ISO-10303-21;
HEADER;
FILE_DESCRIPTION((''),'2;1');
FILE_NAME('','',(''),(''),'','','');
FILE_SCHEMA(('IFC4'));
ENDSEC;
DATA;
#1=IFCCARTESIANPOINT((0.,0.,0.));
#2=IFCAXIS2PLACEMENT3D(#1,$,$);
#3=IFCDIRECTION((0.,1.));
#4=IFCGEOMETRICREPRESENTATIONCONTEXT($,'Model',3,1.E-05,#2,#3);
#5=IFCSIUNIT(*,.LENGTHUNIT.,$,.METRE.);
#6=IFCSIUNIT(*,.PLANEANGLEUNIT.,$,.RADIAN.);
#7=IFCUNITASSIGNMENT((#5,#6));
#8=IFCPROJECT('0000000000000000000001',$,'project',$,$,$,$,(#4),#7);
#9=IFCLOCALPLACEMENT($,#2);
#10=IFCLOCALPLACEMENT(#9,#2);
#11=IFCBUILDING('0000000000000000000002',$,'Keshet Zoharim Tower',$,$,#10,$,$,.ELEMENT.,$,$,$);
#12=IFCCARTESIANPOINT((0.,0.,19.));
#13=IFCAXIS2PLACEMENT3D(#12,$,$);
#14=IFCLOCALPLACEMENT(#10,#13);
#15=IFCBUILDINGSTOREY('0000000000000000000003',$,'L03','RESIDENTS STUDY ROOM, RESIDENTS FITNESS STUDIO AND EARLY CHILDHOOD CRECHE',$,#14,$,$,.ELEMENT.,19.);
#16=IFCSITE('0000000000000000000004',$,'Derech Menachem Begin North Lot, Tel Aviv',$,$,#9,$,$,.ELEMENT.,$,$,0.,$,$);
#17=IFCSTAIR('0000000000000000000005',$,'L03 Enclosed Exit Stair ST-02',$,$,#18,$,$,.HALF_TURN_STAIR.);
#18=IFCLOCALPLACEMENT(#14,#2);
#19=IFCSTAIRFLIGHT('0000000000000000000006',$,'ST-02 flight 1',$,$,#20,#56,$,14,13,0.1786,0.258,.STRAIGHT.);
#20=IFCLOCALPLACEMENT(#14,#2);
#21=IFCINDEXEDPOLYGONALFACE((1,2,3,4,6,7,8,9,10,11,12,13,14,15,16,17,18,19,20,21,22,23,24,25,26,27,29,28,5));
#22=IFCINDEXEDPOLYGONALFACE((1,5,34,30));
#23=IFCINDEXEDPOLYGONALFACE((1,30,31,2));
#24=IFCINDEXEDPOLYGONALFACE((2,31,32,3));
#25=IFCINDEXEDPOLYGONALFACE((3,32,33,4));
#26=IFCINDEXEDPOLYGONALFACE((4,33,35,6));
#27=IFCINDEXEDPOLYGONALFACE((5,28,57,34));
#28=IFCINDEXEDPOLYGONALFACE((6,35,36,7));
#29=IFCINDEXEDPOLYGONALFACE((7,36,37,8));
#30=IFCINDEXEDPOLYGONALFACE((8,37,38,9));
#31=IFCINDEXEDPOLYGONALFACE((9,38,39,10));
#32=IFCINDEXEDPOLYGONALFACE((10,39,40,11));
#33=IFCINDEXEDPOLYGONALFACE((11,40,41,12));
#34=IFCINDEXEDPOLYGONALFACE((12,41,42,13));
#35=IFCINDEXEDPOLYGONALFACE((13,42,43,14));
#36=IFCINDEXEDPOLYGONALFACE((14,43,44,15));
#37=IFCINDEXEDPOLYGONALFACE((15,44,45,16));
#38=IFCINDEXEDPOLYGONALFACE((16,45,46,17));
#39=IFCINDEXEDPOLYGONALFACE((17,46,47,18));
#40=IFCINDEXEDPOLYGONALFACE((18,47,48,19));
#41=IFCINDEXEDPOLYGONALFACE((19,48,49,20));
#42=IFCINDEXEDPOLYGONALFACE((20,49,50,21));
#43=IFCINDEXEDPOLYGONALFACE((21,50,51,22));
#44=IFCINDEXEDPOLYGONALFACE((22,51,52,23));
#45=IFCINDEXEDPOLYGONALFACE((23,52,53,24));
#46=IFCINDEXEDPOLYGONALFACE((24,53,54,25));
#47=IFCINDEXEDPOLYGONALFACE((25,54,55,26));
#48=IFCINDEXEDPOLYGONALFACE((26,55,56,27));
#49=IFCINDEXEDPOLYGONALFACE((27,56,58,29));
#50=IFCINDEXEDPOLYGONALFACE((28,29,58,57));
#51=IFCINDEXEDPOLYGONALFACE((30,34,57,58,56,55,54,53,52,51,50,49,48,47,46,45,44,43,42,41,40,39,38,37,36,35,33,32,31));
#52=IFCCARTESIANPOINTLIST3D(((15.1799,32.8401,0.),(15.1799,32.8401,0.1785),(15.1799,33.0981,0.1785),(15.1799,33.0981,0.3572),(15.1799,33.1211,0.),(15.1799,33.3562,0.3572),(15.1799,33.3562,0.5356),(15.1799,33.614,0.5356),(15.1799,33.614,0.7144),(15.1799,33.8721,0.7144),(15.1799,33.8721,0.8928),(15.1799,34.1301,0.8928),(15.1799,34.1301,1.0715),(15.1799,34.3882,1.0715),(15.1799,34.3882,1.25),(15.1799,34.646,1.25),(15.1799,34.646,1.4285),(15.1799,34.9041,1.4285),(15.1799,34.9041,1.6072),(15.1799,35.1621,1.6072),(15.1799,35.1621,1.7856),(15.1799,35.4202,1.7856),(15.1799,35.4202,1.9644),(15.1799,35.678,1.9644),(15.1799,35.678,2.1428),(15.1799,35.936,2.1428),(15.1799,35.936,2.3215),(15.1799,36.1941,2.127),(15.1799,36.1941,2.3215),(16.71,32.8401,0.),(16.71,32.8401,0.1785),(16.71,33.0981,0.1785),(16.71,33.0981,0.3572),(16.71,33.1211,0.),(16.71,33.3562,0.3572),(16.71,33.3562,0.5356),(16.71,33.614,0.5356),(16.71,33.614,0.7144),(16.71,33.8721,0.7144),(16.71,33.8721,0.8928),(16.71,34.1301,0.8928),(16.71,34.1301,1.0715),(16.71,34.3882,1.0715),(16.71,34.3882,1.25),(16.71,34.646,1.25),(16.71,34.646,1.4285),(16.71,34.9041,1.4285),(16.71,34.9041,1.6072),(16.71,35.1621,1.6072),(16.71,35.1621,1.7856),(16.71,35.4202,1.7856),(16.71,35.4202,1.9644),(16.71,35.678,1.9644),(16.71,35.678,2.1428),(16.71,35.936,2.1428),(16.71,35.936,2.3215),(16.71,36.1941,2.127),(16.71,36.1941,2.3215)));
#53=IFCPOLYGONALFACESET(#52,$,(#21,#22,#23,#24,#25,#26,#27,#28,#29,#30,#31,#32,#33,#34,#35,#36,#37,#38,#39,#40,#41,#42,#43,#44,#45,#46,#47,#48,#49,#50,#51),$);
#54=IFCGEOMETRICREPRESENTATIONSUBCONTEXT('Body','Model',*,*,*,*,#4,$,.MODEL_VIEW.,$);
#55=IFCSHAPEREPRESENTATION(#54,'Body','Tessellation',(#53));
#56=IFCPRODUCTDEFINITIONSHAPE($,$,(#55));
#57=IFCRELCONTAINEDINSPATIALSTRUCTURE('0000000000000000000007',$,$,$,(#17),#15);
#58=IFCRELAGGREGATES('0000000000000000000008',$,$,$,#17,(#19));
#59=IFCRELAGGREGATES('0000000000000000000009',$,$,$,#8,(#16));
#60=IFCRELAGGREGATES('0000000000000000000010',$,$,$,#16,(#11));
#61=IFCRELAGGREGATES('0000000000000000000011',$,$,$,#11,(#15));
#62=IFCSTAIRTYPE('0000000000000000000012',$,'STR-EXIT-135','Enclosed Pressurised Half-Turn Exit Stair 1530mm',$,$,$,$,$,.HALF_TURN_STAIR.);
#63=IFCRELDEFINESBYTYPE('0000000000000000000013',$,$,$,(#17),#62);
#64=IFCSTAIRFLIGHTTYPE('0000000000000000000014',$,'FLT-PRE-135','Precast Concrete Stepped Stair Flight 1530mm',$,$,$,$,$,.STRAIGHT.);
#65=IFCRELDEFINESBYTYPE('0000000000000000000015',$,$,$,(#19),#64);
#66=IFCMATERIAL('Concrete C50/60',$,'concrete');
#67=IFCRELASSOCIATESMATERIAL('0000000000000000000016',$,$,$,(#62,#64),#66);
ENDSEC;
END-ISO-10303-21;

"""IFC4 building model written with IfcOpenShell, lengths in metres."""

from ifc_helpers import new_model, si_unit, direction, frame, origin, place, context, subcontext, project, spatial, polyline, outline, extrude, material, type_object, element, aggregate, save


model = new_model("IFC4")

# Units and contexts
model_context = context("Model", 3, precision=1e-05, world=origin(), true_north=direction((0.0, 1.0)))
body_context = subcontext(model_context, "Body", "Model", "MODEL_VIEW")
ifc_project = project(units=[si_unit("LENGTHUNIT", "METRE"), si_unit("PLANEANGLEUNIT", "RADIAN")], contexts=[model_context])

# Site, building, storey
site_placement = place(None, origin())
site = spatial("IfcSite", under=ifc_project, at=site_placement, Name="Derech Menachem Begin North Lot, Tel Aviv", CompositionType="ELEMENT", RefElevation=0.0)
building_placement = place(site_placement, origin())
building = spatial("IfcBuilding", under=site, at=building_placement, Name="Keshet Zoharim Tower", CompositionType="ELEMENT")
storey_placement = place(building_placement, frame((0.0, 0.0, 19.0)))
storey = spatial("IfcBuildingStorey", under=building, at=storey_placement, Name="L03", Description="RESIDENTS STUDY ROOM, RESIDENTS FITNESS STUDIO AND EARLY CHILDHOOD CRECHE", CompositionType="ELEMENT", Elevation=19.0)

# Stair, stair flight
ifc_material_1 = material(Name="Concrete C50/60", Category="concrete")
stair_type = type_object("IfcStairType", Name="STR-EXIT-135", Description="Enclosed Pressurised Half-Turn Exit Stair 1530mm", PredefinedType="HALF_TURN_STAIR", material=ifc_material_1)
stair_flight_type = type_object("IfcStairFlightType", Name="FLT-PRE-135", Description="Precast Concrete Stepped Stair Flight 1530mm", PredefinedType="STRAIGHT", material=ifc_material_1)
stair_1_placement = place(storey_placement, origin())
stair_1 = element("IfcStair", 1, at=stair_1_placement, inside=storey, type_object=stair_type, Name="L03 Enclosed Exit Stair ST-02", PredefinedType="HALF_TURN_STAIR")
stair_flight_1_placement = place(storey_placement, frame((15.9451, 32.8401, 0.0), z_axis=(0.0, 0.0, 1.0), x_axis=(0.0, 1.0, 0.0)))
stair_flight_1 = element("IfcStairFlight", 2, at=stair_flight_1_placement, type_object=stair_flight_type, Name="ST-02 flight 1", NumberOfRisers=14, NumberOfTreads=13, PredefinedType="STRAIGHT", RiserHeight=0.1786, TreadLength=0.258, context=body_context, shape_type="SweptSolid", body=[
    extrude(outline(polyline([(0.0, 0.0), (0.0, 0.1785), (0.2581, 0.1785), (0.2581, 0.3572), (0.5161, 0.3572), (0.5161, 0.5356), (0.7739, 0.5356), (0.7739, 0.7144), (1.032, 0.7144), (1.032, 0.8928), (1.29, 0.8928), (1.29, 1.0715), (1.5481, 1.0715), (1.5481, 1.25), (1.8059, 1.25), (1.8059, 1.4285), (2.064, 1.4285), (2.064, 1.6072), (2.322, 1.6072), (2.322, 1.7856), (2.5801, 1.7856), (2.5801, 1.9644), (2.8379, 1.9644), (2.8379, 2.1428), (3.0959, 2.1428), (3.0959, 2.3215), (3.354, 2.3215), (3.354, 2.5), (3.354, 2.127), (0.281, 0.0), (0.0, 0.0)])), frame((0.0, 0.7651, 0.0), z_axis=(0.0, -1.0, 0.0), x_axis=(1.0, 0.0, 0.0)), (0.0, 0.0, 1.0), 1.53),
])
aggregate(stair_1, [stair_flight_1])

save(model, "model.ifc")
